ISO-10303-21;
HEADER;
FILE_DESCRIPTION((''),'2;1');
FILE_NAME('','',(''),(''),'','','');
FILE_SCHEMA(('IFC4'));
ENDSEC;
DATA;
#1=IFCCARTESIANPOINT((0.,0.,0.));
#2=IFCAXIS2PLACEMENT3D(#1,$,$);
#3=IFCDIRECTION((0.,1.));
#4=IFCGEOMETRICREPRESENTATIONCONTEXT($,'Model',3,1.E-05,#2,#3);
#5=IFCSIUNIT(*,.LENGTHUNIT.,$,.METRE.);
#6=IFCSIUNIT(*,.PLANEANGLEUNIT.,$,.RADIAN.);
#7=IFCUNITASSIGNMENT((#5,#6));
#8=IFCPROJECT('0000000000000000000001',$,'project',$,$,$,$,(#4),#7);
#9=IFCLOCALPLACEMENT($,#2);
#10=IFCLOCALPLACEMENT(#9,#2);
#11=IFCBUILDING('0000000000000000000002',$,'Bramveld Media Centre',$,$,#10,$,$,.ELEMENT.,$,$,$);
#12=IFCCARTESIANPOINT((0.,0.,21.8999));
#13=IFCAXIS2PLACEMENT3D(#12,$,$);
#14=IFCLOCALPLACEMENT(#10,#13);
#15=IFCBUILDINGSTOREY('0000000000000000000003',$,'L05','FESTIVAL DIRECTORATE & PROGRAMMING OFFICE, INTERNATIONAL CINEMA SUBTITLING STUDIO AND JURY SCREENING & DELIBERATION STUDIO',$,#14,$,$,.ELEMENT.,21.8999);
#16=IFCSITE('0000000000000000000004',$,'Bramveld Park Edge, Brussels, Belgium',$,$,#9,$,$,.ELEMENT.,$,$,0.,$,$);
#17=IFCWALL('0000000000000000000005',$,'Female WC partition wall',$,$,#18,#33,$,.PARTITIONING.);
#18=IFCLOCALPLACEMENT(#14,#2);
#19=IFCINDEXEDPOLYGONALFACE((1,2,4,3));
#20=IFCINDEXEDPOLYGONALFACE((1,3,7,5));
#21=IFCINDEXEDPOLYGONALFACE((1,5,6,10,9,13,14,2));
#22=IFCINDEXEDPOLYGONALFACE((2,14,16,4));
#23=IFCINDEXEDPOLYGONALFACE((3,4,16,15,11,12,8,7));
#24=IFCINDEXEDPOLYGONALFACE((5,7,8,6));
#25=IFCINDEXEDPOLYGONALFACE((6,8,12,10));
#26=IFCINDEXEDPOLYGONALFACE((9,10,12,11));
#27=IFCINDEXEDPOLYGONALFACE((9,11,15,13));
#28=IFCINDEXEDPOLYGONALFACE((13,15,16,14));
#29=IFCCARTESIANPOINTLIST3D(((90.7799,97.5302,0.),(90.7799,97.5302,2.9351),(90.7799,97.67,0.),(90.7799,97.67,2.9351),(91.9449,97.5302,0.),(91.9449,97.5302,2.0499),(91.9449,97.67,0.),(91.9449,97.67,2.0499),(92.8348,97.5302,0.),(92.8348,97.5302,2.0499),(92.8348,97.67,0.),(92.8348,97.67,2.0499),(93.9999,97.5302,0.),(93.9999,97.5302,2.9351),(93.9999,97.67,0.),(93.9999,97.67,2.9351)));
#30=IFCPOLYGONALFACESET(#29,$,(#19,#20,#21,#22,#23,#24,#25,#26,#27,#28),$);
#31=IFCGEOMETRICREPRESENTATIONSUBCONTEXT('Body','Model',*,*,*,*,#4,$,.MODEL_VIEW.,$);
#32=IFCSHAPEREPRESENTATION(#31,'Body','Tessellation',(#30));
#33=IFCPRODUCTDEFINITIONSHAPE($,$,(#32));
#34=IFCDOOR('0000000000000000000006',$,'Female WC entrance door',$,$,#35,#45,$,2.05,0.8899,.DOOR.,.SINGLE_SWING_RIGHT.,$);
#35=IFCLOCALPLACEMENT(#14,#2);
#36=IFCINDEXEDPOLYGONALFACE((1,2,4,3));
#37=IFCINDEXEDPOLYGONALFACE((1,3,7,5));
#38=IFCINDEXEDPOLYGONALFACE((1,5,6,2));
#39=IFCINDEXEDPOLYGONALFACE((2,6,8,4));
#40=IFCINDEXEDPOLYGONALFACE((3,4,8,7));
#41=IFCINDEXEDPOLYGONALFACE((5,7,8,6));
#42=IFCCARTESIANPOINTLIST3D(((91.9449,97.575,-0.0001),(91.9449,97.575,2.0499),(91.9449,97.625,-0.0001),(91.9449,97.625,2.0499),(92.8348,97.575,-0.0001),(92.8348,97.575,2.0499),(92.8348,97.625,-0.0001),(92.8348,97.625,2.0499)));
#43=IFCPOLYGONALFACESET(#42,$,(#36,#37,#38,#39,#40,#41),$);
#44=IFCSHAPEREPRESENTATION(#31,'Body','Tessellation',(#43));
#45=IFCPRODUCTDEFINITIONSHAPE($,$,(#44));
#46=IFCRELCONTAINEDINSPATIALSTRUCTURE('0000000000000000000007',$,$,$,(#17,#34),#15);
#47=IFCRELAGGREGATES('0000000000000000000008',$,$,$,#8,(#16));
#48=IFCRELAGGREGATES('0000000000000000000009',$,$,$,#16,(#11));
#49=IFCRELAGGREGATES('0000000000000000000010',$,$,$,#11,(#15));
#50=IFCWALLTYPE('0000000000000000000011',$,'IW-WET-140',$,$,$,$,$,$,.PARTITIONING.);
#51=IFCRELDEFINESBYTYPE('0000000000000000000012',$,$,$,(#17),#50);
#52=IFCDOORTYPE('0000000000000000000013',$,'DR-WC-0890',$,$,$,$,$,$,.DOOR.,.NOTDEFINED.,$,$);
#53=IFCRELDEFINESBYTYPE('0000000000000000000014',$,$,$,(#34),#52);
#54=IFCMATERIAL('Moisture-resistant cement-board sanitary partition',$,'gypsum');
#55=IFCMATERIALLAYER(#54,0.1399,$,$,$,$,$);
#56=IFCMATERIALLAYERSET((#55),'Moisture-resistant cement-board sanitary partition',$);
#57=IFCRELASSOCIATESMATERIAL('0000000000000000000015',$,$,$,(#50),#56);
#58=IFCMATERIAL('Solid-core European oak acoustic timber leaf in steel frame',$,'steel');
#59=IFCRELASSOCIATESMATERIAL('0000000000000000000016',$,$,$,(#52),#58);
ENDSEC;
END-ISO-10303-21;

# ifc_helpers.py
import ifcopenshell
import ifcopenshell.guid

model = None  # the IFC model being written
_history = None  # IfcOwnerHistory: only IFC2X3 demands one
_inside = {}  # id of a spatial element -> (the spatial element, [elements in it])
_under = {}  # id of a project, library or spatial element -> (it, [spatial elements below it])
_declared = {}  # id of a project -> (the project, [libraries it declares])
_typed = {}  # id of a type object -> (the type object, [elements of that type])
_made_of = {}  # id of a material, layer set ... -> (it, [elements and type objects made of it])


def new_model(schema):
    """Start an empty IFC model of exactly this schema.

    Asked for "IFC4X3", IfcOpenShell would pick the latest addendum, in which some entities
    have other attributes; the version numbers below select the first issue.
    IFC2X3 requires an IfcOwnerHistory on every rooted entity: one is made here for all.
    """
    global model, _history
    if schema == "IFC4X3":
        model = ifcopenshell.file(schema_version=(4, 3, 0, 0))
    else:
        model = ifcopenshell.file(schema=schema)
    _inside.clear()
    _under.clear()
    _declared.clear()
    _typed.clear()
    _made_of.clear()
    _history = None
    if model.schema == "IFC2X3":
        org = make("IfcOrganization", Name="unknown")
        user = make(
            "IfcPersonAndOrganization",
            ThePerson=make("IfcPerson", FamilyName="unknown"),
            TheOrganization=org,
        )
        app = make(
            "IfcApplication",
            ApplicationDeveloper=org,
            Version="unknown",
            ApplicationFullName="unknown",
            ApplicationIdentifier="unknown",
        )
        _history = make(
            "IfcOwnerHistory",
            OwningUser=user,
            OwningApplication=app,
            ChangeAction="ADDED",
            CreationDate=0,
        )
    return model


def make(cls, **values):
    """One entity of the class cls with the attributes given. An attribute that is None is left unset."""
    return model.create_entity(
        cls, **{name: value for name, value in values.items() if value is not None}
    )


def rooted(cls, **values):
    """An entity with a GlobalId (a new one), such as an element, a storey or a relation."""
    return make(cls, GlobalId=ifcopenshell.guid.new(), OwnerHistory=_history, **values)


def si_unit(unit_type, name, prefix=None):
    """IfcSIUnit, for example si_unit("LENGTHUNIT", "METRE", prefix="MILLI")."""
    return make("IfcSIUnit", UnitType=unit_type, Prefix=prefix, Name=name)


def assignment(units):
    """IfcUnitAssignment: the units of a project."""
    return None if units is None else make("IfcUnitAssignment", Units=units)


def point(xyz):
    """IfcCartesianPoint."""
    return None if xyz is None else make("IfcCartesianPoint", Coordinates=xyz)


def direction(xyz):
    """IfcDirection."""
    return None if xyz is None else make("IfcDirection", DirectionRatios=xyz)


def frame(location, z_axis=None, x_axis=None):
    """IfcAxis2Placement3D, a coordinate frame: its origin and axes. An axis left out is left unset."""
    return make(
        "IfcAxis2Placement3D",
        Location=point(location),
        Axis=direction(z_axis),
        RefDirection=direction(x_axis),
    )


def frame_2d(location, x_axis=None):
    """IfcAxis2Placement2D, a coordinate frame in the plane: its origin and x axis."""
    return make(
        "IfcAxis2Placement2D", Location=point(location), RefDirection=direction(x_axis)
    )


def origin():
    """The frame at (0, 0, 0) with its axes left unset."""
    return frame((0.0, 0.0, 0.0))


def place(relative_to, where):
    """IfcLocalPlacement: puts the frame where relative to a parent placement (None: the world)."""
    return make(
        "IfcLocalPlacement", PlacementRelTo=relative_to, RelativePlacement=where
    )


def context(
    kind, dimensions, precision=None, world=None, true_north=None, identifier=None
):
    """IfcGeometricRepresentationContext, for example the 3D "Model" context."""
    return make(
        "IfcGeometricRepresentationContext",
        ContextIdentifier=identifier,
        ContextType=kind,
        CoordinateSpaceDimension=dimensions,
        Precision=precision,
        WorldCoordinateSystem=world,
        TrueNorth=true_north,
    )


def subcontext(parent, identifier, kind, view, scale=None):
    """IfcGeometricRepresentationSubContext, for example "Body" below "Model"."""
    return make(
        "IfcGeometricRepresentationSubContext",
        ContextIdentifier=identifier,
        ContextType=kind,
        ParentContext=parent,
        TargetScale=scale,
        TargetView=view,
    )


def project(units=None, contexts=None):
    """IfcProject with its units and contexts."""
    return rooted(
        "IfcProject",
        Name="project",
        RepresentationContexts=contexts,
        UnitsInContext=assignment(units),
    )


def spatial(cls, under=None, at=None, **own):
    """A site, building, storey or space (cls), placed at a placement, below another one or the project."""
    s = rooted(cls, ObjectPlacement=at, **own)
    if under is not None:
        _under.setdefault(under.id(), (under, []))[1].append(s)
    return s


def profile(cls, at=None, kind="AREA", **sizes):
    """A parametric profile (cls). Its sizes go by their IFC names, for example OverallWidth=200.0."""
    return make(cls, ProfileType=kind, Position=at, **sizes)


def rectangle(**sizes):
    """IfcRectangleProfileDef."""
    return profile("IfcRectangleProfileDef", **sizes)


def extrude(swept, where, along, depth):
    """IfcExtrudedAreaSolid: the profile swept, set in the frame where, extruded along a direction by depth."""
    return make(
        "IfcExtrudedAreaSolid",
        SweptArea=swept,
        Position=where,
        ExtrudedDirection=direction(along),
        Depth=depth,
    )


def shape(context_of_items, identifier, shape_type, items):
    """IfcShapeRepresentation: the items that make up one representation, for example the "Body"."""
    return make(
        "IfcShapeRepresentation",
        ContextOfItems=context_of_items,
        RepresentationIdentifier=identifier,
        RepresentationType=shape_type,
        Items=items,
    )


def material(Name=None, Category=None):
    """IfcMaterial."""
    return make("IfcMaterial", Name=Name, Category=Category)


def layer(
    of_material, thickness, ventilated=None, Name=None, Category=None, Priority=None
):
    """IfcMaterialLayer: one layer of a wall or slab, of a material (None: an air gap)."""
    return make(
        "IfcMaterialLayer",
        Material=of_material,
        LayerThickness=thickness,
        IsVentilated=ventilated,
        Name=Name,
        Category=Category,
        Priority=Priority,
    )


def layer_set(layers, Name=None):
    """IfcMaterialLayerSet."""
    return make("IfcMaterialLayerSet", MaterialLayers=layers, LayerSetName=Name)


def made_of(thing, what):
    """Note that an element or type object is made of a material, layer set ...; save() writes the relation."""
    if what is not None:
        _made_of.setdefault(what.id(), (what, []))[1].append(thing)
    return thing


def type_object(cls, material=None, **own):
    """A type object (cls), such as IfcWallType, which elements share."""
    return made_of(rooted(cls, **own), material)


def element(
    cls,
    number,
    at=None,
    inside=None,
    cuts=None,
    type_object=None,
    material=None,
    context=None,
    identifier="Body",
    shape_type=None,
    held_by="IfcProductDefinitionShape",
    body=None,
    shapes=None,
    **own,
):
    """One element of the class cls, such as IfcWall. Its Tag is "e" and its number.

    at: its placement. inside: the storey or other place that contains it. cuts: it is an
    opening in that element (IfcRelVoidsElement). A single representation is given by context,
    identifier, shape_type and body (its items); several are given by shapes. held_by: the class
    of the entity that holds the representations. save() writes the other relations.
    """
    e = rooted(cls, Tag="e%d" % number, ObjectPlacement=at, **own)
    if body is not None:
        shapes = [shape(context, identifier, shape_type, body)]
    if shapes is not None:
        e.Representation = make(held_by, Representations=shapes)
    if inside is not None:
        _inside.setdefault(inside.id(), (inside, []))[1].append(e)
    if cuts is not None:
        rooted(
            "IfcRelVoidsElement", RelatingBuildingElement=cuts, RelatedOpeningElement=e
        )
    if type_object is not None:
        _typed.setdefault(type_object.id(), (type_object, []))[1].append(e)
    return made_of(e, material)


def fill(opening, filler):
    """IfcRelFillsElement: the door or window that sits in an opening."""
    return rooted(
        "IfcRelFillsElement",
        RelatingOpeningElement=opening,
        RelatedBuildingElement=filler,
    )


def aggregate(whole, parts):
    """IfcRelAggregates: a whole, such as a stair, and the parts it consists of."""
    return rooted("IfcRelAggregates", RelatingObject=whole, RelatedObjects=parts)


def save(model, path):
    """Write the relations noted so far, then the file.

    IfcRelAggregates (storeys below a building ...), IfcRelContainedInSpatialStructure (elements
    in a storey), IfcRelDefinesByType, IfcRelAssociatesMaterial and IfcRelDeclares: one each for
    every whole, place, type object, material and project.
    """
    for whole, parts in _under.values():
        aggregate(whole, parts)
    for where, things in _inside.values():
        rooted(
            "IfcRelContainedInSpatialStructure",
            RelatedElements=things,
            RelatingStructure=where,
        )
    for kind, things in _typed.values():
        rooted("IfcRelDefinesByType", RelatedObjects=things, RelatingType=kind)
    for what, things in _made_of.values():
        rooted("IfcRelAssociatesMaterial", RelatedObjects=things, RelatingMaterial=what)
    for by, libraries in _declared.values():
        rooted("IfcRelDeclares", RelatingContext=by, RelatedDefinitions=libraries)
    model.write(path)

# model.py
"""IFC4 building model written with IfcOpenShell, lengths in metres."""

from ifc_helpers import new_model, si_unit, direction, frame, frame_2d, origin, place, context, subcontext, project, spatial, rectangle, extrude, material, layer, layer_set, type_object, element, fill, save


model = new_model("IFC4")

# Units and contexts
model_context = context("Model", 3, precision=1e-05, world=origin(), true_north=direction((0.0, 1.0)))
body_context = subcontext(model_context, "Body", "Model", "MODEL_VIEW")
ifc_project = project(units=[si_unit("LENGTHUNIT", "METRE"), si_unit("PLANEANGLEUNIT", "RADIAN")], contexts=[model_context])

# Site, building, storey
site_placement = place(None, origin())
site = spatial("IfcSite", under=ifc_project, at=site_placement, Name="Bramveld Park Edge, Brussels, Belgium", CompositionType="ELEMENT", RefElevation=0.0)
building_placement = place(site_placement, origin())
building = spatial("IfcBuilding", under=site, at=building_placement, Name="Bramveld Media Centre", CompositionType="ELEMENT")
storey_placement = place(building_placement, frame((0.0, 0.0, 21.8999)))
storey = spatial("IfcBuildingStorey", under=building, at=storey_placement, Name="L05", Description="FESTIVAL DIRECTORATE & PROGRAMMING OFFICE, INTERNATIONAL CINEMA SUBTITLING STUDIO AND JURY SCREENING & DELIBERATION STUDIO", CompositionType="ELEMENT", Elevation=21.8999)

# Shared definitions
ifc_material_1 = material(Name="Moisture-resistant cement-board sanitary partition", Category="gypsum")
ifc_layer_1 = layer(ifc_material_1, 0.1399)
ifc_layer_set_1 = layer_set([ifc_layer_1], Name="Moisture-resistant cement-board sanitary partition")
wall_type_1 = type_object("IfcWallType", Name="IW-WET-140", PredefinedType="PARTITIONING", material=ifc_layer_set_1)

# Wall, opening, door
wall_1_placement = place(storey_placement, frame((90.78, 97.6001, 0.0), z_axis=(0.0, 0.0, 1.0), x_axis=(1.0, 0.0, 0.0)))
wall_1 = element("IfcWall", 1, at=wall_1_placement, inside=storey, type_object=wall_type_1, Name="Female WC partition wall", PredefinedType="PARTITIONING", context=body_context, shape_type="SweptSolid", body=[
    extrude(rectangle(XDim=3.22, YDim=0.1399, at=frame_2d((1.6099, 0.0))), origin(), (0.0, 0.0, 1.0), 2.9351),
])
opening_1_placement = place(wall_1_placement, frame((1.165, 0.0, 0.0)))
opening_1 = element("IfcOpeningElement", 2, at=opening_1_placement, cuts=wall_1, PredefinedType="OPENING", context=body_context, shape_type="SweptSolid", body=[
    extrude(rectangle(XDim=0.8899, YDim=2.05, at=frame_2d((0.4448, 1.0249))), frame((0.0, 0.082, 0.0), z_axis=(0.0, -1.0, 0.0), x_axis=(1.0, 0.0, 0.0)), (0.0, 0.0, 1.0), 0.1638),
])
ifc_material_2 = material(Name="Solid-core European oak acoustic timber leaf in steel frame", Category="steel")
door_type_1 = type_object("IfcDoorType", Name="DR-WC-0890", OperationType="NOTDEFINED", PredefinedType="DOOR", material=ifc_material_2)
door_1_placement = place(opening_1_placement, origin())
door_1 = element("IfcDoor", 3, at=door_1_placement, inside=storey, type_object=door_type_1, Name="Female WC entrance door", OperationType="SINGLE_SWING_RIGHT", OverallHeight=2.05, OverallWidth=0.8899, PredefinedType="DOOR", context=body_context, shape_type="SweptSolid", body=[
    extrude(rectangle(XDim=0.8899, YDim=2.05, at=frame_2d((0.4448, 1.0249))), frame((0.0, 0.0249, 0.0), z_axis=(0.0, -1.0, 0.0), x_axis=(1.0, 0.0, 0.0)), (0.0, 0.0, 1.0), 0.05),
])
fill(opening_1, door_1)

save(model, "model.ifc")
